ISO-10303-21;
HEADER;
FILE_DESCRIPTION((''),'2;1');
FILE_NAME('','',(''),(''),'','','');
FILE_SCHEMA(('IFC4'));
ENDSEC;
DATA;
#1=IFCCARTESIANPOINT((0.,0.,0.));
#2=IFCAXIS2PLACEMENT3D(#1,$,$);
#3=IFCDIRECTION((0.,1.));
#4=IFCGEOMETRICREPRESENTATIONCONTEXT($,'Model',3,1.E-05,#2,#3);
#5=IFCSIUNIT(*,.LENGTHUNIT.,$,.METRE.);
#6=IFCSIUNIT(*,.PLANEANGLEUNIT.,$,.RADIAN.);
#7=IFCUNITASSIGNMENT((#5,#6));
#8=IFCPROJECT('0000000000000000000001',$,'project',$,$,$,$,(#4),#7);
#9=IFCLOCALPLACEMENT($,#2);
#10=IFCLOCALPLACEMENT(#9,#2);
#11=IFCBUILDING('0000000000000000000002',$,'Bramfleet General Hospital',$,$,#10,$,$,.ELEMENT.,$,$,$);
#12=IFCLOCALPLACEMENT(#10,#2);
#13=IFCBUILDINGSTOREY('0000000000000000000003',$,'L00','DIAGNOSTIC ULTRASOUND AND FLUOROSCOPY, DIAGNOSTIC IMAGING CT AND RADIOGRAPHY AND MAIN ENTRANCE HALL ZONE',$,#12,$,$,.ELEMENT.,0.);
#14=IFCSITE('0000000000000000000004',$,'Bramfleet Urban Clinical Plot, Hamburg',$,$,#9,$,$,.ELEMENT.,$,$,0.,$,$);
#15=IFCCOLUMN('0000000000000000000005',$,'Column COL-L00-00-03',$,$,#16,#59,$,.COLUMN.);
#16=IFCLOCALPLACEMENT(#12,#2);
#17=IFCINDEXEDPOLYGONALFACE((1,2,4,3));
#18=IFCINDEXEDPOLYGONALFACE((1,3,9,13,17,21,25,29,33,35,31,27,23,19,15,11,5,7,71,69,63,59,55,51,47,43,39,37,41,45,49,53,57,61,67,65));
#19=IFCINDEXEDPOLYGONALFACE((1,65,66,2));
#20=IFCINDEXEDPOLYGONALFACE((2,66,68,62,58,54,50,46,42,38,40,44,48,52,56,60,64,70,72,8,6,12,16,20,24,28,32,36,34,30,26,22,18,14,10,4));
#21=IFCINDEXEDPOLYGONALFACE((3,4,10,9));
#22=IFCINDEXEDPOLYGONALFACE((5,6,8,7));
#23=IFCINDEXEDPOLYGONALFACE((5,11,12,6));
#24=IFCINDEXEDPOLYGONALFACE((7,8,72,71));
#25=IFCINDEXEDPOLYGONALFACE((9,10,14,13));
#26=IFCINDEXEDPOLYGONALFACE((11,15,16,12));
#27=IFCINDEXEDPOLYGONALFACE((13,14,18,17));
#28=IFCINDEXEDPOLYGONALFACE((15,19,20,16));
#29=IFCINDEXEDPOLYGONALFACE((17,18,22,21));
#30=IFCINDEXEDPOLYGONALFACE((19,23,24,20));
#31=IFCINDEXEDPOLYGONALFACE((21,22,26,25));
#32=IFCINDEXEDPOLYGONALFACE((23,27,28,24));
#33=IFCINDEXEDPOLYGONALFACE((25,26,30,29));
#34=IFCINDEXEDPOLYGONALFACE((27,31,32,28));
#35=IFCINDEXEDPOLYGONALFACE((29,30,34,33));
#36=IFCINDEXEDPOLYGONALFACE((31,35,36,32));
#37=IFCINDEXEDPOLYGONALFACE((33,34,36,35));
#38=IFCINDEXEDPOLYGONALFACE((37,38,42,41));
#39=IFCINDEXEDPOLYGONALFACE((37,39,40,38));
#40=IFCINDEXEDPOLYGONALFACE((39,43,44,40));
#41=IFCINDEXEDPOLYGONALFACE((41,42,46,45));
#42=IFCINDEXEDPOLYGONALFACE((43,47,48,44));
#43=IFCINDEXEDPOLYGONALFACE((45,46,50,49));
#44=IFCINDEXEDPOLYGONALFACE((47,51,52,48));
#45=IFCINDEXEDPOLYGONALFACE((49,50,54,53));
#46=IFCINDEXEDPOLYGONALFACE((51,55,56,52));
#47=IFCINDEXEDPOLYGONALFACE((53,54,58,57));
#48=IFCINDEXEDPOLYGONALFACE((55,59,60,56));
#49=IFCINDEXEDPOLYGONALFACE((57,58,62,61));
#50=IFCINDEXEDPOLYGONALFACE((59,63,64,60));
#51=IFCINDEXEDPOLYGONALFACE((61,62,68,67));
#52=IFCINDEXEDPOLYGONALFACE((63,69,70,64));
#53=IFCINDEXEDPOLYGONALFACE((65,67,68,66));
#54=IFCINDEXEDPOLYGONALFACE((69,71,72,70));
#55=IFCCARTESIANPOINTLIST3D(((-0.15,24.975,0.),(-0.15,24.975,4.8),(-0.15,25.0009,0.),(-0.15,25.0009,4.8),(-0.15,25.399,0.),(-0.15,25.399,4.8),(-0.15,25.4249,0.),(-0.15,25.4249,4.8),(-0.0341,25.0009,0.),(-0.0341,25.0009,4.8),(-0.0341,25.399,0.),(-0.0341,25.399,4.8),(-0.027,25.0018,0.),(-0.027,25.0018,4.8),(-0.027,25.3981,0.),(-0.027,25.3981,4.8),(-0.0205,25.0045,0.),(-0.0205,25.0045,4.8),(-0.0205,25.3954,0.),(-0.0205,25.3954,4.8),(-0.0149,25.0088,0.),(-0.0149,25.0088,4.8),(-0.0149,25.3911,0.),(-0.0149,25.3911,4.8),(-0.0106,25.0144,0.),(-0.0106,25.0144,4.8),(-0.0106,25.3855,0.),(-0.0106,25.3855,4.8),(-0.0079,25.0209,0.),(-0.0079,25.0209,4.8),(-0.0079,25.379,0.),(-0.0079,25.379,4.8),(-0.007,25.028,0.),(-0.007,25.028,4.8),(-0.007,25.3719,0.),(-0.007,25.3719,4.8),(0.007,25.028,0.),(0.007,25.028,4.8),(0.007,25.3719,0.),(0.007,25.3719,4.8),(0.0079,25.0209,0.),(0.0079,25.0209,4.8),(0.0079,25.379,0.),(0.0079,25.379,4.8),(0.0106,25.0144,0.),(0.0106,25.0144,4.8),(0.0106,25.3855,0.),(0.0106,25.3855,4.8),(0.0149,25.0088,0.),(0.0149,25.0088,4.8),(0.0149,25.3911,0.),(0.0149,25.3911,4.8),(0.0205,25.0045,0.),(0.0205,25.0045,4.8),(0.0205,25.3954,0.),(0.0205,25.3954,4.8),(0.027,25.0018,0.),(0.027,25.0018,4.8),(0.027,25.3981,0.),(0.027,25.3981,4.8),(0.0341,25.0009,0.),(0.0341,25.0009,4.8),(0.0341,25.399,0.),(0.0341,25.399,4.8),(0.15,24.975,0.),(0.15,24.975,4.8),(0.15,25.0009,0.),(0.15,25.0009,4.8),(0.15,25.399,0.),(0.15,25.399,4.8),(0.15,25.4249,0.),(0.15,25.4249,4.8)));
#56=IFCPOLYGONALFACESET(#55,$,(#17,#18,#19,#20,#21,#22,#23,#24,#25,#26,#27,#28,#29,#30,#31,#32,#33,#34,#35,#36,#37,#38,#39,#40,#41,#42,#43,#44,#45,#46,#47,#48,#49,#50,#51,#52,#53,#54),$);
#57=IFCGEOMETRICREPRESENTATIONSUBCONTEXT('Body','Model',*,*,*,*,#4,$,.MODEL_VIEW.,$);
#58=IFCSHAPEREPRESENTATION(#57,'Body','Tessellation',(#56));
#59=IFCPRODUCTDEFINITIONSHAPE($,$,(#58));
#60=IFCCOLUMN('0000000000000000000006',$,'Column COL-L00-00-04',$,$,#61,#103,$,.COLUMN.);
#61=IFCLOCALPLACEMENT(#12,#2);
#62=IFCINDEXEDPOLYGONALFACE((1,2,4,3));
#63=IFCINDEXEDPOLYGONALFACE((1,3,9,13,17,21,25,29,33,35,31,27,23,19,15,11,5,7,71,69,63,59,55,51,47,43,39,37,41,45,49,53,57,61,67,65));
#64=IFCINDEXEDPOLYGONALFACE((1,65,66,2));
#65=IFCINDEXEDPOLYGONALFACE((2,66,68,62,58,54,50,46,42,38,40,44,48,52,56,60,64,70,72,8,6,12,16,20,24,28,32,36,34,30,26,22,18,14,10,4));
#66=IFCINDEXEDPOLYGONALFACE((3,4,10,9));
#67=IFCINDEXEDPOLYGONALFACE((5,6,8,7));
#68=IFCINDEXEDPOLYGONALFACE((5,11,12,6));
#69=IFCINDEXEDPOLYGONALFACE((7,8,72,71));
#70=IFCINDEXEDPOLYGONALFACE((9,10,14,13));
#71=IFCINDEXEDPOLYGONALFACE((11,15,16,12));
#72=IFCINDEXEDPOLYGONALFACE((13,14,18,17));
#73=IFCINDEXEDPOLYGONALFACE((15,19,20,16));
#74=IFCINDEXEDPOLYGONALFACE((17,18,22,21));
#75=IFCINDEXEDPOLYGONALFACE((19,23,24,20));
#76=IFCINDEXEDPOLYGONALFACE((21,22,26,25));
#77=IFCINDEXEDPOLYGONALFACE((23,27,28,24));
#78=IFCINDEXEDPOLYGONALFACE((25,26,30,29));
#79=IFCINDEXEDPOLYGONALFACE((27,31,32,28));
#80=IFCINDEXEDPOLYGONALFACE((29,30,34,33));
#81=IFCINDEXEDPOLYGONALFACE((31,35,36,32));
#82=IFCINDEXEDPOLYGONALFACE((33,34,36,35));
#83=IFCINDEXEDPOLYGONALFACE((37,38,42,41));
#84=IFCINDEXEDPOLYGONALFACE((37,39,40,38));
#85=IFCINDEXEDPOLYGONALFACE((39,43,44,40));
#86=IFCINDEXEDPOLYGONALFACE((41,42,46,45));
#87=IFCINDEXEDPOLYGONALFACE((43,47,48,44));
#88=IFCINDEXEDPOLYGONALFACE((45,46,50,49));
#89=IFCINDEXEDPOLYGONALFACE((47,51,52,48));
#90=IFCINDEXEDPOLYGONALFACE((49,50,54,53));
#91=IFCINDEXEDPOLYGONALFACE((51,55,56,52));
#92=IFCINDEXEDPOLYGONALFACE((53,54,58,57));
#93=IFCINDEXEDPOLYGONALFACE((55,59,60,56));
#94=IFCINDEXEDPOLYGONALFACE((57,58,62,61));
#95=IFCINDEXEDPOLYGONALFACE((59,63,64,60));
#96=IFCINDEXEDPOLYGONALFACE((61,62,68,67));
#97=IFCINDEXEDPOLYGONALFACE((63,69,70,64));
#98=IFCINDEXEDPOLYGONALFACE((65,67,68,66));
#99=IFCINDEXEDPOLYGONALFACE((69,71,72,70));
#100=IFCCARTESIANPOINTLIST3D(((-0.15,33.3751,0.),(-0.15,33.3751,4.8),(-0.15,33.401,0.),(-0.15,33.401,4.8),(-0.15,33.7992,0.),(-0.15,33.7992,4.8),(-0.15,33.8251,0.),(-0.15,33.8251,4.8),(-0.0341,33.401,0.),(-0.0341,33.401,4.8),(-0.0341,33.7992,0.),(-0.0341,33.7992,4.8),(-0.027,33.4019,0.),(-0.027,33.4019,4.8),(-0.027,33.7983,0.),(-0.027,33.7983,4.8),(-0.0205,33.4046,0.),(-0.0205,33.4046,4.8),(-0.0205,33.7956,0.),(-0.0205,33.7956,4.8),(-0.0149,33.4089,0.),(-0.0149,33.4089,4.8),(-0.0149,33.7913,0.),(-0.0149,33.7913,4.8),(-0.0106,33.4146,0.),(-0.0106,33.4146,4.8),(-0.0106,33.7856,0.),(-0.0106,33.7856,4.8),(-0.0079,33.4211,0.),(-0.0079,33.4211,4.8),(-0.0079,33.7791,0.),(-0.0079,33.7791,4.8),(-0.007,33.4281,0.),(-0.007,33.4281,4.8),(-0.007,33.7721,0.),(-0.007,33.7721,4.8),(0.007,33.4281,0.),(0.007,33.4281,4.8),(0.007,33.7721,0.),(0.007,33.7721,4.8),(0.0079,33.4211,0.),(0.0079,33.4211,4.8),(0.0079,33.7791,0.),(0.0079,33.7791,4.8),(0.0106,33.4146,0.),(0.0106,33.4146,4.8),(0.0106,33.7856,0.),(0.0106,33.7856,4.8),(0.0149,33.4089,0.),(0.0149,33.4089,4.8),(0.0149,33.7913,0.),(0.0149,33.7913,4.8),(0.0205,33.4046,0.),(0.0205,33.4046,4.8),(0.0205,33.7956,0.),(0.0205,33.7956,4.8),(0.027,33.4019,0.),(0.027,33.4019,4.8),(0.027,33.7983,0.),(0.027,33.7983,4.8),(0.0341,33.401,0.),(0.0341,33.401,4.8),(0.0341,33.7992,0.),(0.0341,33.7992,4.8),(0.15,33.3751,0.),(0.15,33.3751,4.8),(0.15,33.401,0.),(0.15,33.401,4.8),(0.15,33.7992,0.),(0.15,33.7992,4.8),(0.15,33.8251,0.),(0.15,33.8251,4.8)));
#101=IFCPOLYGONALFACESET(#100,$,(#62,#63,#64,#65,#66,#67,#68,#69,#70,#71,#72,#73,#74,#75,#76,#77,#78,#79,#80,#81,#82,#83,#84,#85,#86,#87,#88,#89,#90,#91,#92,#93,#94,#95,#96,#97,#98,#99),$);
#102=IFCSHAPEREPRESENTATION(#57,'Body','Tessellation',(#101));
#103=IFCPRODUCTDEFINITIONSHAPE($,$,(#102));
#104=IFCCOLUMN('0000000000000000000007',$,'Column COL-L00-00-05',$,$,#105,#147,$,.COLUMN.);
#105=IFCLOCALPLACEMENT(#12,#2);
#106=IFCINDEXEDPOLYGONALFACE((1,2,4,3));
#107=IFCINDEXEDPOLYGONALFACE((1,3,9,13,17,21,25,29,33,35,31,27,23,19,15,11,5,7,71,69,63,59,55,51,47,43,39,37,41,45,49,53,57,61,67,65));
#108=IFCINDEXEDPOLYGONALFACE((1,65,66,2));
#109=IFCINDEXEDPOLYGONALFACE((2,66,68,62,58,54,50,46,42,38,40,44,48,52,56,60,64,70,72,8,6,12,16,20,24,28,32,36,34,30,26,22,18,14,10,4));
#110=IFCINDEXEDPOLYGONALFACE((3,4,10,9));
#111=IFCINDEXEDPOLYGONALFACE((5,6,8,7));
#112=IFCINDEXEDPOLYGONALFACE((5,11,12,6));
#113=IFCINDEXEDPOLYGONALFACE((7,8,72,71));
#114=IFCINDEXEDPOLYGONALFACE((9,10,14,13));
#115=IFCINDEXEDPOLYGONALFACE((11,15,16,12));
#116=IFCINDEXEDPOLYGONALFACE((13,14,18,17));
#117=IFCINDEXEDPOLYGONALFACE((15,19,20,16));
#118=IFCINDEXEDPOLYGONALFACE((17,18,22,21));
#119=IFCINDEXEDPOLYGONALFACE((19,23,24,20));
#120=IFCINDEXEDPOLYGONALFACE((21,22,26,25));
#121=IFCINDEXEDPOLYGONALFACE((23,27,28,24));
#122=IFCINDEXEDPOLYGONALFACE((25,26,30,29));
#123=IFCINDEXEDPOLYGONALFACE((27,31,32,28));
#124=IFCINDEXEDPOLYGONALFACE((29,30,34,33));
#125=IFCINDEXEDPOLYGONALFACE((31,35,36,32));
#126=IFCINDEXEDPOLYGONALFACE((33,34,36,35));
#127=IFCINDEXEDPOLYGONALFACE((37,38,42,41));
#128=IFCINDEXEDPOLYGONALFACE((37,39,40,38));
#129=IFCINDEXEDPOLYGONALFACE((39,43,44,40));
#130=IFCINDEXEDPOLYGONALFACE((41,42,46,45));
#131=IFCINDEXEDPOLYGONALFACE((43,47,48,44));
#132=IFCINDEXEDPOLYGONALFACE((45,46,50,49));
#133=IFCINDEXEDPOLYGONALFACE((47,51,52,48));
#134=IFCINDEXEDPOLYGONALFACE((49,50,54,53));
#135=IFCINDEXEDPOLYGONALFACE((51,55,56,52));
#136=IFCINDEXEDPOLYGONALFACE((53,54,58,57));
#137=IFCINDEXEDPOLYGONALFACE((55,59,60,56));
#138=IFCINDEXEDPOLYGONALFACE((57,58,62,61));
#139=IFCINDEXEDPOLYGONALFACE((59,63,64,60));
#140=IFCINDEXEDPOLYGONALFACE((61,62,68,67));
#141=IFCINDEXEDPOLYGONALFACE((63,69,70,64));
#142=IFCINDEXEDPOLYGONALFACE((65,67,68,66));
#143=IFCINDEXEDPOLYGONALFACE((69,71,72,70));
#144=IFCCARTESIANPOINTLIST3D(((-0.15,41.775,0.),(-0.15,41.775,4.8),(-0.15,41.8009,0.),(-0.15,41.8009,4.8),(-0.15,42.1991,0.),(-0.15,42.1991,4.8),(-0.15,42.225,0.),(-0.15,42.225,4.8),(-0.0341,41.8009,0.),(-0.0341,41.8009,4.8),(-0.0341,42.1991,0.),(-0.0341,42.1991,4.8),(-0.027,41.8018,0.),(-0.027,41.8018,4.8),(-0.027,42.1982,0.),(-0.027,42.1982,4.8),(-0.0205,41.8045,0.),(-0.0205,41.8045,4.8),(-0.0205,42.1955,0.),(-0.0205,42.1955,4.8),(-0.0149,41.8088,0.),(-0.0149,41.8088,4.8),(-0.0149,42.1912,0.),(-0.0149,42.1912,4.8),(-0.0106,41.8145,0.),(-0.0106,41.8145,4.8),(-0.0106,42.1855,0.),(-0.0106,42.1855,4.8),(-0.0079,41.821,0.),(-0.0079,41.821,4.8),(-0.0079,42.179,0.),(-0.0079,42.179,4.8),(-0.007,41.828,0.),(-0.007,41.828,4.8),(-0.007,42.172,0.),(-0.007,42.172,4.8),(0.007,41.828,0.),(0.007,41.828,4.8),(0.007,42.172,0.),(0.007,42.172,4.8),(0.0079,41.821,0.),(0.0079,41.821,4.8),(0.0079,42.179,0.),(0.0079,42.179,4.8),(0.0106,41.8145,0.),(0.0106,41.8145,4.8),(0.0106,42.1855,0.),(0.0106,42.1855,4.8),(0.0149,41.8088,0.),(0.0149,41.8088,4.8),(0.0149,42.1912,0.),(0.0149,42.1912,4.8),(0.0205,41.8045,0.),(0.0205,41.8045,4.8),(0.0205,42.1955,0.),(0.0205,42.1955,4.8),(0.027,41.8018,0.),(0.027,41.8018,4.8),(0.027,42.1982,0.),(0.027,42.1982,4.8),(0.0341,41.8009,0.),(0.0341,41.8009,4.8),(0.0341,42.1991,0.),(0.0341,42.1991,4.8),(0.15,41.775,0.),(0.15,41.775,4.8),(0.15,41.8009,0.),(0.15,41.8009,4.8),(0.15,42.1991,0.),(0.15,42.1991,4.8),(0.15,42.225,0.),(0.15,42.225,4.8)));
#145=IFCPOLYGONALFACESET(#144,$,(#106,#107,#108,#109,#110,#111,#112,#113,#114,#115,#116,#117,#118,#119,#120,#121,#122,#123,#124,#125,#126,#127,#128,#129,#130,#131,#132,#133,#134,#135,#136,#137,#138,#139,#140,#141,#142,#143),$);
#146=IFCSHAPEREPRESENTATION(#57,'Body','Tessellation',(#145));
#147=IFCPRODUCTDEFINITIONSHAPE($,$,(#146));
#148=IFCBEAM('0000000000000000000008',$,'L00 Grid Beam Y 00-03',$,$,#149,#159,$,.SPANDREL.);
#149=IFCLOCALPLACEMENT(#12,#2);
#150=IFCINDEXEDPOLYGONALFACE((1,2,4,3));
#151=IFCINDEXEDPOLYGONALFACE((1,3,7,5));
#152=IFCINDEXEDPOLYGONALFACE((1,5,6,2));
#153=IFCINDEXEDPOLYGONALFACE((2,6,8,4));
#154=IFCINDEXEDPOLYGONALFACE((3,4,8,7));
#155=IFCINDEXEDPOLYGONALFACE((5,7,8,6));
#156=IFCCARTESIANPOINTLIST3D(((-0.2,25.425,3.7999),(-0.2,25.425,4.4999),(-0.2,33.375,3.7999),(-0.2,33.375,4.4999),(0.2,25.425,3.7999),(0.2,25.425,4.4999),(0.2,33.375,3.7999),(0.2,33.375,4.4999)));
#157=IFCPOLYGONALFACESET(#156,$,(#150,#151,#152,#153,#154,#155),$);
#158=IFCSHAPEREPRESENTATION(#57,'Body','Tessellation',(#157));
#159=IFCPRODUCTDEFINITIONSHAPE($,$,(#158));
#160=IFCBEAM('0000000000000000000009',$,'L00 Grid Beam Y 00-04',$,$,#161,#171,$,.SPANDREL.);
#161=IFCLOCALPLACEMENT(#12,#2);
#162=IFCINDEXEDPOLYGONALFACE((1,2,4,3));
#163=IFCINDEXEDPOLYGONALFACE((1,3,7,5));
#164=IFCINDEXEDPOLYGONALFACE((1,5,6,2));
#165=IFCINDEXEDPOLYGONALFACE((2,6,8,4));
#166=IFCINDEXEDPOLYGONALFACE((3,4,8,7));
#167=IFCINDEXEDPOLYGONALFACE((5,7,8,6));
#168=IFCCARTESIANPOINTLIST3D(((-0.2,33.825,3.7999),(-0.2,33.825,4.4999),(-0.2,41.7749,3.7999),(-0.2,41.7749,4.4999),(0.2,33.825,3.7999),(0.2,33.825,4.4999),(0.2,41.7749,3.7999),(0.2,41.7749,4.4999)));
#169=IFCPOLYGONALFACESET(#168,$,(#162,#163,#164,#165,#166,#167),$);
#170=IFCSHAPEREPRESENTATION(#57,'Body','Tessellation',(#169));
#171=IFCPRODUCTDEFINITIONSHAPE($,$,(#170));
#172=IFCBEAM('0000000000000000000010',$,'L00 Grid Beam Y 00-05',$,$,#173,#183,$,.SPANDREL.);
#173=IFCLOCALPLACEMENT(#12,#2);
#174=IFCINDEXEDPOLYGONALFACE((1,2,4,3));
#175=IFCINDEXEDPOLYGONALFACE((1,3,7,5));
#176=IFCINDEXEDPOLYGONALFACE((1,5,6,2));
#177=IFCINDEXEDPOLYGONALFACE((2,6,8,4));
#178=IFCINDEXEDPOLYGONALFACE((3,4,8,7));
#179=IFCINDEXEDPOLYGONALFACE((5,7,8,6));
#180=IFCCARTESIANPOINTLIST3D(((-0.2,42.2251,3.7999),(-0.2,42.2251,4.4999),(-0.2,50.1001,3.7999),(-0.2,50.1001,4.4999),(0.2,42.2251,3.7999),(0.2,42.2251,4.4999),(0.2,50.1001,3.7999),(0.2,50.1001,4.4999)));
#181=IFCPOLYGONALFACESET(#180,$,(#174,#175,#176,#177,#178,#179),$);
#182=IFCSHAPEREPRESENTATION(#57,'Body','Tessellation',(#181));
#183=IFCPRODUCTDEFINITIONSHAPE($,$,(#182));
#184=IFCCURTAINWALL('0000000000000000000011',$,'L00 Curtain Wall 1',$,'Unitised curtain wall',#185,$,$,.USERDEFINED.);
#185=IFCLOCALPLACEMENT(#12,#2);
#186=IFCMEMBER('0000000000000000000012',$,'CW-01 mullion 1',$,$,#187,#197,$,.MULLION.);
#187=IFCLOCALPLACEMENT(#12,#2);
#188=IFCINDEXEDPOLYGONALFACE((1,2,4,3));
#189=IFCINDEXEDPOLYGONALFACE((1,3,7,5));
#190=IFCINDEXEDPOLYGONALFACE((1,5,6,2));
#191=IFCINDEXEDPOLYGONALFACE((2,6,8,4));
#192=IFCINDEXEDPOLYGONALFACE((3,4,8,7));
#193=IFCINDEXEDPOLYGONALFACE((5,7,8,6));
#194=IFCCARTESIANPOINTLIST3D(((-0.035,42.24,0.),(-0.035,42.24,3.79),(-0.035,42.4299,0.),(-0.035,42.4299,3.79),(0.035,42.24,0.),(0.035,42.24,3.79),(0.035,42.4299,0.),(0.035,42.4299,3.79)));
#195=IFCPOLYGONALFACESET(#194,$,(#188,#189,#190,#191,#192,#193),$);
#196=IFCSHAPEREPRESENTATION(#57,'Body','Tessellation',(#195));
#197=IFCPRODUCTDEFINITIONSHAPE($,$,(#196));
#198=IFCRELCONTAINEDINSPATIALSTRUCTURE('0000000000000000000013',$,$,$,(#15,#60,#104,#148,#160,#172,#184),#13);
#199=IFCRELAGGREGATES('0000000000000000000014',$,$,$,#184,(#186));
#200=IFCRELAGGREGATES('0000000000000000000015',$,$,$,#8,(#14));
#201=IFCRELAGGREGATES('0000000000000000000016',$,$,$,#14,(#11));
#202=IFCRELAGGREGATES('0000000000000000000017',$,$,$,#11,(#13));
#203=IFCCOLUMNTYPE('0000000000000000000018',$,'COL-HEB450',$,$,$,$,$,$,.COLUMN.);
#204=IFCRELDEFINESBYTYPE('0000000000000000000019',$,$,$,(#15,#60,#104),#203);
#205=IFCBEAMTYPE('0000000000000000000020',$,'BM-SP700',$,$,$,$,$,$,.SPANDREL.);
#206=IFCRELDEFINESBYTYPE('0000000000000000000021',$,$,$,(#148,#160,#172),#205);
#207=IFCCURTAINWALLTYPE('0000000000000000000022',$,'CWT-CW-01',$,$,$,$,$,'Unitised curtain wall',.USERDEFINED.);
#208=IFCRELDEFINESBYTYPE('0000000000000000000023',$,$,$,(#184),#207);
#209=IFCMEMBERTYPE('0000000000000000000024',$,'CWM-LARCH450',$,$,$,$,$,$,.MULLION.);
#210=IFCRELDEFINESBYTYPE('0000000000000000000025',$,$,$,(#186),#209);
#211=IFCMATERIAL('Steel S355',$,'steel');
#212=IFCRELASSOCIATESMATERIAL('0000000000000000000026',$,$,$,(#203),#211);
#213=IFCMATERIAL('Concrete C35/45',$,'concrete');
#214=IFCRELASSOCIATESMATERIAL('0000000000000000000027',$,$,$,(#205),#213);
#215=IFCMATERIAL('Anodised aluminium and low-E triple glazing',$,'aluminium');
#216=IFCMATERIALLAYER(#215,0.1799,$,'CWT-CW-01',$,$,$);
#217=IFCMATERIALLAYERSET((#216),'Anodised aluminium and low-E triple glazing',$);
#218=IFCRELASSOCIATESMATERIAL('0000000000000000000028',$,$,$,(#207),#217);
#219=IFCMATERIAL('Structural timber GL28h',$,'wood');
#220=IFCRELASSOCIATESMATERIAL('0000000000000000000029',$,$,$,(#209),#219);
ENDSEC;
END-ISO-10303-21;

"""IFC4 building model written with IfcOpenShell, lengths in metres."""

from ifc_helpers import new_model, si_unit, direction, frame, origin, origin_2d, place, context, subcontext, project, spatial, rectangle, i_section, extrude, material, layer, layer_set, material_profile, profile_set, type_object, element, aggregate, save


model = new_model("IFC4")

# Units and contexts
model_context = context("Model", 3, precision=1e-05, world=origin(), true_north=direction((0.0, 1.0)))
body_context = subcontext(model_context, "Body", "Model", "MODEL_VIEW")
ifc_project = project(units=[si_unit("LENGTHUNIT", "METRE"), si_unit("PLANEANGLEUNIT", "RADIAN")], contexts=[model_context])

# Site, building, storey
site_placement = place(None, origin())
site = spatial("IfcSite", under=ifc_project, at=site_placement, Name="Bramfleet Urban Clinical Plot, Hamburg", CompositionType="ELEMENT", RefElevation=0.0)
building_placement = place(site_placement, origin())
building = spatial("IfcBuilding", under=site, at=building_placement, Name="Bramfleet General Hospital", CompositionType="ELEMENT")
storey_placement = place(building_placement, origin())
storey = spatial("IfcBuildingStorey", under=building, at=storey_placement, Name="L00", Description="DIAGNOSTIC ULTRASOUND AND FLUOROSCOPY, DIAGNOSTIC IMAGING CT AND RADIOGRAPHY AND MAIN ENTRANCE HALL ZONE", CompositionType="ELEMENT", Elevation=0.0)

# Columns
ifc_material_1 = material(Name="Steel S355", Category="steel")
ifc_material_profile_1 = material_profile(ifc_material_1, i_section(OverallWidth=0.3, OverallDepth=0.45, WebThickness=0.0139, FlangeThickness=0.0259, FilletRadius=0.0271, at=origin_2d()), Name="HEB 450")
ifc_profile_set_1 = profile_set([ifc_material_profile_1], Name="Steel S355")
column_type = type_object("IfcColumnType", Name="COL-HEB450", PredefinedType="COLUMN", material=ifc_profile_set_1)
for number, where, z_axis, x_axis, name in (
    (1, (0.0, 25.2, 0.0), (0.0, 0.0, 1.0), (1.0, 0.0, 0.0), "Column COL-L00-00-03"),
    (2, (0.0, 33.6001, 0.0), (0.0, 0.0, 1.0), (1.0, 0.0, 0.0), "Column COL-L00-00-04"),
    (3, (0.0, 42.0, 0.0), (0.0, 0.0, 1.0), (1.0, 0.0, 0.0), "Column COL-L00-00-05"),
):
    element("IfcColumn", number, at=place(storey_placement, frame(where, z_axis=z_axis, x_axis=x_axis)), inside=storey, type_object=column_type, Name=name, PredefinedType="COLUMN", context=body_context, shape_type="SweptSolid", body=[
        extrude(i_section(OverallWidth=0.3, OverallDepth=0.45, WebThickness=0.0139, FlangeThickness=0.0259, FilletRadius=0.0271, at=origin_2d()), origin(), (0.0, 0.0, 1.0), 4.8),
    ])

# Beams
ifc_material_2 = material(Name="Concrete C35/45", Category="concrete")
ifc_material_profile_2 = material_profile(ifc_material_2, rectangle(XDim=0.3999, YDim=0.7, at=origin_2d()), Name="RC SP 700x400")
ifc_profile_set_2 = profile_set([ifc_material_profile_2], Name="Concrete C35/45")
beam_type = type_object("IfcBeamType", Name="BM-SP700", PredefinedType="SPANDREL", material=ifc_profile_set_2)
for number, where, z_axis, x_axis, name in (
    (4, (0.0, 25.425, 4.1499), (0.0, 1.0, 0.0), (-1.0, 0.0, 0.0), "L00 Grid Beam Y 00-03"),
    (5, (0.0, 33.825, 4.1499), (0.0, 1.0, 0.0), (-1.0, 0.0, 0.0), "L00 Grid Beam Y 00-04"),
):
    element("IfcBeam", number, at=place(storey_placement, frame(where, z_axis=z_axis, x_axis=x_axis)), inside=storey, type_object=beam_type, Name=name, PredefinedType="SPANDREL", context=body_context, shape_type="SweptSolid", body=[
        extrude(rectangle(XDim=0.3999, YDim=0.7, at=origin_2d()), origin(), (0.0, 0.0, 1.0), 7.95),
    ])
beam_placement = place(storey_placement, frame((0.0, 42.2251, 4.1499), z_axis=(0.0, 1.0, 0.0), x_axis=(-1.0, 0.0, 0.0)))
element("IfcBeam", 6, at=beam_placement, inside=storey, type_object=beam_type, Name="L00 Grid Beam Y 00-05", PredefinedType="SPANDREL", context=body_context, shape_type="SweptSolid", body=[
    extrude(rectangle(XDim=0.3999, YDim=0.7, at=origin_2d()), origin(), (0.0, 0.0, 1.0), 7.875),
])

# Curtain wall, member
ifc_material_3 = material(Name="Anodised aluminium and low-E triple glazing", Category="aluminium")
ifc_layer_1 = layer(ifc_material_3, 0.1799, Name="CWT-CW-01")
ifc_layer_set_1 = layer_set([ifc_layer_1], Name="Anodised aluminium and low-E triple glazing")
curtain_wall_type_1 = type_object("IfcCurtainWallType", Name="CWT-CW-01", ElementType="Unitised curtain wall", PredefinedType="USERDEFINED", material=ifc_layer_set_1)
curtain_wall_1_placement = place(storey_placement, origin())
curtain_wall_1 = element("IfcCurtainWall", 7, at=curtain_wall_1_placement, inside=storey, type_object=curtain_wall_type_1, Name="L00 Curtain Wall 1", ObjectType="Unitised curtain wall", PredefinedType="USERDEFINED")
ifc_material_4 = material(Name="Structural timber GL28h", Category="wood")
ifc_material_profile_3 = material_profile(ifc_material_4, rectangle(XDim=0.0701, YDim=0.1899, at=origin_2d()), Name="LARCH 190x70")
ifc_profile_set_3 = profile_set([ifc_material_profile_3], Name="Structural timber GL28h")
member_type_1 = type_object("IfcMemberType", Name="CWM-LARCH450", PredefinedType="MULLION", material=ifc_profile_set_3)
member_1_placement = place(storey_placement, frame((0.0, 42.335, 0.0), z_axis=(0.0, 0.0, 1.0), x_axis=(-1.0, 0.0, 0.0)))
member_1 = element("IfcMember", 8, at=member_1_placement, type_object=member_type_1, Name="CW-01 mullion 1", PredefinedType="MULLION", context=body_context, shape_type="SweptSolid", body=[
    extrude(rectangle(XDim=0.0701, YDim=0.1899, at=origin_2d()), origin(), (0.0, 0.0, 1.0), 3.79),
])

aggregate(curtain_wall_1, [member_1])

save(model, "model.ifc")
